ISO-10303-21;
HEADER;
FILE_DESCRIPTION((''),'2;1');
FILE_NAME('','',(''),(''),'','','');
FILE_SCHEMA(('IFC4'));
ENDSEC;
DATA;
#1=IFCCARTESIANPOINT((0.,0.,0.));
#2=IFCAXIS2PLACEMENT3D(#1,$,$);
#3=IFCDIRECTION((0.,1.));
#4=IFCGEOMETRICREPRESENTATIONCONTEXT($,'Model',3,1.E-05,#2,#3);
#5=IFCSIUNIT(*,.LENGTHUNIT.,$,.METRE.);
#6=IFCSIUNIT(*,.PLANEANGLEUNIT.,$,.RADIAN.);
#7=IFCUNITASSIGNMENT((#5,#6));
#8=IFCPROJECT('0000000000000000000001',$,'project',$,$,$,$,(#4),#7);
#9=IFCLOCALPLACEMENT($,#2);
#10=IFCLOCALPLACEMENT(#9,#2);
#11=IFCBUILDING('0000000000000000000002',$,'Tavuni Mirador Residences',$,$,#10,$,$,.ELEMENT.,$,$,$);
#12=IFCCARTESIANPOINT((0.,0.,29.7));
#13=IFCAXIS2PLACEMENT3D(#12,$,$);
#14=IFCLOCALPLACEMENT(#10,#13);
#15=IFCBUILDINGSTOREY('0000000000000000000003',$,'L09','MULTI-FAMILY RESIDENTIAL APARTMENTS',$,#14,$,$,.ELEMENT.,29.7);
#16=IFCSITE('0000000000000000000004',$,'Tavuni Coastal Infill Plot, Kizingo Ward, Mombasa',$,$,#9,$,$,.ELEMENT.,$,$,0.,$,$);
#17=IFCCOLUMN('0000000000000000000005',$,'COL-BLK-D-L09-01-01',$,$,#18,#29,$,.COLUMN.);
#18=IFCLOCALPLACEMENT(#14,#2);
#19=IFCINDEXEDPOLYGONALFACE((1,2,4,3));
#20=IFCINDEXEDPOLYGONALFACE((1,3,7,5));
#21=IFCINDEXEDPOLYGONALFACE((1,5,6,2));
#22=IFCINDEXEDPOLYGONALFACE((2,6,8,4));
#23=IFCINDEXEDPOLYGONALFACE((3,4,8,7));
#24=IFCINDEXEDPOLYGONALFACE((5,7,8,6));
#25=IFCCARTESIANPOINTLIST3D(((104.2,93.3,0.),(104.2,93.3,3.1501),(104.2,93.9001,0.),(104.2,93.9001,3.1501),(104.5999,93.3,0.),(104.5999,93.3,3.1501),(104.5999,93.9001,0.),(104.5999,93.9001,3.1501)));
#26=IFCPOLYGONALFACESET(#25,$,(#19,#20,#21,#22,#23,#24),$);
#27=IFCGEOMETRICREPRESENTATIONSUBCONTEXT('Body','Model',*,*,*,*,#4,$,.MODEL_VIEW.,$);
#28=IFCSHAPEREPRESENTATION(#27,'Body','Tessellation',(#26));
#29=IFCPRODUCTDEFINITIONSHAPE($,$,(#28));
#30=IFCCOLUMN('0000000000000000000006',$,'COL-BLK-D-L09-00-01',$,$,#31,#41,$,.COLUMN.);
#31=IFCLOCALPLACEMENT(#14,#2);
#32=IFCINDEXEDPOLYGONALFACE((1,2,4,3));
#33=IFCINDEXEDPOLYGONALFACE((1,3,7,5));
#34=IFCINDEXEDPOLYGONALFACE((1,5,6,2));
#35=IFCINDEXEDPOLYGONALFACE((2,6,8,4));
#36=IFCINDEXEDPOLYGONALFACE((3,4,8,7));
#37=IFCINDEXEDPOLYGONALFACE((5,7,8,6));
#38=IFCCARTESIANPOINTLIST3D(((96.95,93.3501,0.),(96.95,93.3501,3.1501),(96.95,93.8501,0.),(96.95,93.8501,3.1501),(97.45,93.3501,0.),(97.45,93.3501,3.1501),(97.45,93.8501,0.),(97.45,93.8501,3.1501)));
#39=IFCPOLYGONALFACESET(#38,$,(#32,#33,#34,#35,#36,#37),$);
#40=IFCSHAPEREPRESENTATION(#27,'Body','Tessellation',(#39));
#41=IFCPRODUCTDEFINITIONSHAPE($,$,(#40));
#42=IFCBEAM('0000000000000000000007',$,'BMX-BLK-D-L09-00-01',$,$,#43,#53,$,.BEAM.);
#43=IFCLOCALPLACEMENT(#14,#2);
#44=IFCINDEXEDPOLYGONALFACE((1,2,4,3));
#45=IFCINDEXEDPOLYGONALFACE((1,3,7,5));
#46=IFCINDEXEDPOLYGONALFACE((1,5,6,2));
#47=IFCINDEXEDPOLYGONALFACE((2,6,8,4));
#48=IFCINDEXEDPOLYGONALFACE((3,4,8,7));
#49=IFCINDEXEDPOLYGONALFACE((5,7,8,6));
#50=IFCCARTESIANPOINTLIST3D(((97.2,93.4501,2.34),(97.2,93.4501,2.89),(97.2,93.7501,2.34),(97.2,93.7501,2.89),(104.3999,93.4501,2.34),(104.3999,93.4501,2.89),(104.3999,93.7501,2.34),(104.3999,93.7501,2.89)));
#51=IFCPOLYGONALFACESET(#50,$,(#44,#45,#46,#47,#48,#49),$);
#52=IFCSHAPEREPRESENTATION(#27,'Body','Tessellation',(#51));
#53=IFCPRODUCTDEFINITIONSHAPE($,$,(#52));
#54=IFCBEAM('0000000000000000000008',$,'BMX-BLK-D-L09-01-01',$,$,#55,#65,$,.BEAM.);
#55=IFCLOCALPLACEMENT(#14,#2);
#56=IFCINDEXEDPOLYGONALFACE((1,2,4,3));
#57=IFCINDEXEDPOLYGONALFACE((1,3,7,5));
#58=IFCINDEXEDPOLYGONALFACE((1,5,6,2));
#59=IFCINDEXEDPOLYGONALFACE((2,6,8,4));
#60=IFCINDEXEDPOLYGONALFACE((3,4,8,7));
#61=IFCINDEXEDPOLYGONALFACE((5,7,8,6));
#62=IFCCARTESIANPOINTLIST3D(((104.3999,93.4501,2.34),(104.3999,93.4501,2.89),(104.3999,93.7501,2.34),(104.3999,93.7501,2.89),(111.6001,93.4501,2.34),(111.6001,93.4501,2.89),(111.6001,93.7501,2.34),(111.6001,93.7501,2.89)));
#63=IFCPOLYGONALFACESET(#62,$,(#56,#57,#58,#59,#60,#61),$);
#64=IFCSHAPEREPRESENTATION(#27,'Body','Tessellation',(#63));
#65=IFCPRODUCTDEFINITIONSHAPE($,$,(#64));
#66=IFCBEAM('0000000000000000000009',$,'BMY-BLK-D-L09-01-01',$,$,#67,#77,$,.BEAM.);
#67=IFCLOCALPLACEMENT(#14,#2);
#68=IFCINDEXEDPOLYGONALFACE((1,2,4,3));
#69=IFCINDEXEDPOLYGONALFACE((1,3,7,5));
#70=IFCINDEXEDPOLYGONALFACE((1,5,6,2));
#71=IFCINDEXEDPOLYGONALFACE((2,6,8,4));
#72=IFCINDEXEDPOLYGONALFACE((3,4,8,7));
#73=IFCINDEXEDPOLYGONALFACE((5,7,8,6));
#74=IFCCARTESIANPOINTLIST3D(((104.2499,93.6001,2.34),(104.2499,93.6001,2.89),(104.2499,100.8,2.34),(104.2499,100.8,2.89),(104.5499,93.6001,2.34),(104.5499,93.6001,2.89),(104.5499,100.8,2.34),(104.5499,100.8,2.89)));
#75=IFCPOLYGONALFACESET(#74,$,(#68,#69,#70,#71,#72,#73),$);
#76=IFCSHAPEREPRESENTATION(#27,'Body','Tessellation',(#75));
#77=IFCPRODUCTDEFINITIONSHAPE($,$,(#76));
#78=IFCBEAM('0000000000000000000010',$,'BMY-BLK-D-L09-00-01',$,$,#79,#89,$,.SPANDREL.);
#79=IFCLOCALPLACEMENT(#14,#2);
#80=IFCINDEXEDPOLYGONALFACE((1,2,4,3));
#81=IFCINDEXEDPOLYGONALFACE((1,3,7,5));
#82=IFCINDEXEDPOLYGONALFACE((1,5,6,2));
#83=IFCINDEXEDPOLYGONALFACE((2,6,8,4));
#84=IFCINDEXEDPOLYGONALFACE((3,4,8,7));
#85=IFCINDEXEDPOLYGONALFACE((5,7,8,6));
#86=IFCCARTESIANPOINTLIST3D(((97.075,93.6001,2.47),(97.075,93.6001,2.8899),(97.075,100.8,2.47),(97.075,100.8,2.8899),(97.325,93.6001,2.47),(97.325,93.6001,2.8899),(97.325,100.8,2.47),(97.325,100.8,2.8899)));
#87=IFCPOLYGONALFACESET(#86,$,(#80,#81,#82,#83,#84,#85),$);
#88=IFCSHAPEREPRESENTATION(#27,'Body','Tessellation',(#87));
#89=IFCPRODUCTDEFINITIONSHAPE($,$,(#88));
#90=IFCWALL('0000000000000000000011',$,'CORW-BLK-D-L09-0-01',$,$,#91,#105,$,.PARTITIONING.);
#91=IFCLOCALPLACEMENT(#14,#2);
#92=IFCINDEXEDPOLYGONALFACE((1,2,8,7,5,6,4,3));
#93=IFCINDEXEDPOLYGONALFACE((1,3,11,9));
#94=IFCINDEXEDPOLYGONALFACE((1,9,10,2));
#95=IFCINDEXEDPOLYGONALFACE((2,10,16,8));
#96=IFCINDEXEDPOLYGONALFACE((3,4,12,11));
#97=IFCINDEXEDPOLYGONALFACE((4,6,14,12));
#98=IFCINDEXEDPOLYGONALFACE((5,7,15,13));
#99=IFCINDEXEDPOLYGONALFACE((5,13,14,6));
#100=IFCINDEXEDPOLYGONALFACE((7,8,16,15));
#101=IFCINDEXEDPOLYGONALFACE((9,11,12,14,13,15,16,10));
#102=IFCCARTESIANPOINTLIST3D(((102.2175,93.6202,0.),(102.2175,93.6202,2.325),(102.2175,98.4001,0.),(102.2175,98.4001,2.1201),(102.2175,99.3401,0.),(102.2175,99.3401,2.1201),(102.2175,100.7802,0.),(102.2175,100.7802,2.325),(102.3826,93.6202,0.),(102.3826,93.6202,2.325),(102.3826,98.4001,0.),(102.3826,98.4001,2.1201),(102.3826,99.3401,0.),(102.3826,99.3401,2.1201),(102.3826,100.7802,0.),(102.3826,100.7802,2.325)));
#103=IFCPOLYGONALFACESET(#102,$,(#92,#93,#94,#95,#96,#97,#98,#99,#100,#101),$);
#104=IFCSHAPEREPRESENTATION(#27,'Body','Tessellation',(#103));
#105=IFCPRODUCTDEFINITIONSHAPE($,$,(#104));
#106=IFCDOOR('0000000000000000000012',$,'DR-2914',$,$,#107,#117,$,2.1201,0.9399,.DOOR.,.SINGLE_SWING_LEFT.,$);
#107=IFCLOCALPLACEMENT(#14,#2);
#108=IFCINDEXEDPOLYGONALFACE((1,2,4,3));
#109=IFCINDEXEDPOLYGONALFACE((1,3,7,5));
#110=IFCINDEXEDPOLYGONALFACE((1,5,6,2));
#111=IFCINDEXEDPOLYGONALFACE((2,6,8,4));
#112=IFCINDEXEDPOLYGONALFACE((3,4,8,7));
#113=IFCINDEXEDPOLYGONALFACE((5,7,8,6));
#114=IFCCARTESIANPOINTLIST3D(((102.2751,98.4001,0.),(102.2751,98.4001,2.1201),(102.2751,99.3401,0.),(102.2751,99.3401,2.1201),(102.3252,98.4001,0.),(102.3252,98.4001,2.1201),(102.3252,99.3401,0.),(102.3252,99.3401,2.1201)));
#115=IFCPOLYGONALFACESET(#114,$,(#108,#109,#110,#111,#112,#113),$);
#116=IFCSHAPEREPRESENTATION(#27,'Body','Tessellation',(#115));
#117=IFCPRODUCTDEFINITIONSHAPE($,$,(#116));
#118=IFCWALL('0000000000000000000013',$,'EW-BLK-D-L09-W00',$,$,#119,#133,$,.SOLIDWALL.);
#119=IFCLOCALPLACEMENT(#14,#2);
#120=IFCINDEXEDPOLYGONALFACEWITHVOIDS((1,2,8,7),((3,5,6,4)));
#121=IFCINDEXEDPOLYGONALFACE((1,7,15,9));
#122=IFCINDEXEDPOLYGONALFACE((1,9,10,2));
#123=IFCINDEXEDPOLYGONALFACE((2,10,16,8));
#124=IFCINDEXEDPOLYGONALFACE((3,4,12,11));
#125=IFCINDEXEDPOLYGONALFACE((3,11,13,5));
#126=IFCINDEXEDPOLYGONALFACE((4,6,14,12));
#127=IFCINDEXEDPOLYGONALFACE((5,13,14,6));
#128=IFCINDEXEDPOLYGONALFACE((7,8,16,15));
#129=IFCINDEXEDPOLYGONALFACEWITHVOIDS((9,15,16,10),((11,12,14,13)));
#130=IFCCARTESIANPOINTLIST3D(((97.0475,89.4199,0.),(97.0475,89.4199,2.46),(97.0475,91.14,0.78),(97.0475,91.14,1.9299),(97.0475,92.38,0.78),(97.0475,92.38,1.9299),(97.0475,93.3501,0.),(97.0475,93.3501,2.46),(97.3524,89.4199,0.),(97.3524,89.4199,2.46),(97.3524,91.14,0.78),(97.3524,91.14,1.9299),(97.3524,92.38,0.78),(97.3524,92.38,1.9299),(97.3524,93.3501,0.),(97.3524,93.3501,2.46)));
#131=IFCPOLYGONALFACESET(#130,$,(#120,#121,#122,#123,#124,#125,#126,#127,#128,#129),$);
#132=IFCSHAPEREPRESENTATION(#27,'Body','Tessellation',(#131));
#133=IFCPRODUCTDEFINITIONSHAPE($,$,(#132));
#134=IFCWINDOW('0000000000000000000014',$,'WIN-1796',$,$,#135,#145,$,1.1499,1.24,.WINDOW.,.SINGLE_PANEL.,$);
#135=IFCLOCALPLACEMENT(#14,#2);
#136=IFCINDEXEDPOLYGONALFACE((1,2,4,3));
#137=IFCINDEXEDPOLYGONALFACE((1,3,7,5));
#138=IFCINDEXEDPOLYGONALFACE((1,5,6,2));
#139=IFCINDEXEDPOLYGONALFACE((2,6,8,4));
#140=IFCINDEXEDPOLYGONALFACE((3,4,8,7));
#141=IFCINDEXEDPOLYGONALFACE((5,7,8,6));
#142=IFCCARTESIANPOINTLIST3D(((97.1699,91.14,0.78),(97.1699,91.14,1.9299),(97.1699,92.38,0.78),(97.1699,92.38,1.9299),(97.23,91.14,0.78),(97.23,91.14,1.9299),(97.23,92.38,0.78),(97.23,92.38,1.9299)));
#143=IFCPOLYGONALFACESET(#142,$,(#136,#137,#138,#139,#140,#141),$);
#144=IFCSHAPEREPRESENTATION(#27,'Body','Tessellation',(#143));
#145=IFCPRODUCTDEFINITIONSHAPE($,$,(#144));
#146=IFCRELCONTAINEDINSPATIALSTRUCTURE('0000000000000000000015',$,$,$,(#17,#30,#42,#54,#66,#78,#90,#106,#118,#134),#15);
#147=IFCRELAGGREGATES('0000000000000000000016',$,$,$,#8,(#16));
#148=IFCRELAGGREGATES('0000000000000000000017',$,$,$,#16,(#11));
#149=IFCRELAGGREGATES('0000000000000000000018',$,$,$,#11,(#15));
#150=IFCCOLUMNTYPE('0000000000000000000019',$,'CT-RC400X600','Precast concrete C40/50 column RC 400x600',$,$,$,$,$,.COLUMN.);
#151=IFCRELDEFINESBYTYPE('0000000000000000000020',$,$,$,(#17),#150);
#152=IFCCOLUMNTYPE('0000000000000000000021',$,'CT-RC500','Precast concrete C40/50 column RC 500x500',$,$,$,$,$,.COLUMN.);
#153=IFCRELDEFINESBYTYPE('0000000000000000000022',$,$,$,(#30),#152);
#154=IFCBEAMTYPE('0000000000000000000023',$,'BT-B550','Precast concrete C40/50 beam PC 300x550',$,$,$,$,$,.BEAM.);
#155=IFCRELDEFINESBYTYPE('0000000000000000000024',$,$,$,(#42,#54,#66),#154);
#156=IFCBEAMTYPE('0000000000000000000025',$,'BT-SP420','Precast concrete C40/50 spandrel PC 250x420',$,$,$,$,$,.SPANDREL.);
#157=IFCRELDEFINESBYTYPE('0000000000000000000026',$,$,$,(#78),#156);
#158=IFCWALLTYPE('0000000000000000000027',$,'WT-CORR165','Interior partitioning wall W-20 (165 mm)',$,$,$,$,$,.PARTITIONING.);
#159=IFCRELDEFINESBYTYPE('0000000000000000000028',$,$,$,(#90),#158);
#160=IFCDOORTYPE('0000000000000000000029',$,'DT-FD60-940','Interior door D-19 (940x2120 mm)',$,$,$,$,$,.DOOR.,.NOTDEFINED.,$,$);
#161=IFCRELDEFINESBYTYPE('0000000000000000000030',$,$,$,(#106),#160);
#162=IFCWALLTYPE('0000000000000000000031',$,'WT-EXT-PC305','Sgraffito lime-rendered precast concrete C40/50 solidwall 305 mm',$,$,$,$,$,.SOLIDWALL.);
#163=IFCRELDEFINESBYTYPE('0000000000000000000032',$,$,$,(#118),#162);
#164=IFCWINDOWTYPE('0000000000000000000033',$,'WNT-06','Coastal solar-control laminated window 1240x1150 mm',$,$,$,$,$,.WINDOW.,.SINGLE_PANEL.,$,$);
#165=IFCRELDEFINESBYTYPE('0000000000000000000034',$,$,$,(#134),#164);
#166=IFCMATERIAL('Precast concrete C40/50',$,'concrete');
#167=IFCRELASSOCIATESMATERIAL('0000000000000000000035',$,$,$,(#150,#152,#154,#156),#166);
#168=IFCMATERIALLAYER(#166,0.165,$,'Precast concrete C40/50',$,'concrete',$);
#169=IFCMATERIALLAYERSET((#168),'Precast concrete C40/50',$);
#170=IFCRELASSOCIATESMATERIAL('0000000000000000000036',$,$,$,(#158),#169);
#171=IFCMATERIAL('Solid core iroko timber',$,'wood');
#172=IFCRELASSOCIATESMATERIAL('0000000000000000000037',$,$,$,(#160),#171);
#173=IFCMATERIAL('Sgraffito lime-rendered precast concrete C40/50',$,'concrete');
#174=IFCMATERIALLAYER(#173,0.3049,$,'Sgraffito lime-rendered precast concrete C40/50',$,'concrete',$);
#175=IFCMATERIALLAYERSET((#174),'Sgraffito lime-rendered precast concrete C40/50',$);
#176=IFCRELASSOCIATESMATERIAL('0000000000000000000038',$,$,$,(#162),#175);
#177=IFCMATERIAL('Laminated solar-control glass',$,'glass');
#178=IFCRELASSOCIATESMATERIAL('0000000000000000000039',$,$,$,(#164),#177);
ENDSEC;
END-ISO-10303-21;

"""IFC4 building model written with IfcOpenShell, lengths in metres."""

from ifc_helpers import new_model, si_unit, direction, frame, frame_2d, origin, origin_2d, place, context, subcontext, project, spatial, rectangle, extrude, material, layer, layer_set, material_profile, profile_set, type_object, element, fill, save


model = new_model("IFC4")

# Units and contexts
model_context = context("Model", 3, precision=1e-05, world=origin(), true_north=direction((0.0, 1.0)))
body_context = subcontext(model_context, "Body", "Model", "MODEL_VIEW")
ifc_project = project(units=[si_unit("LENGTHUNIT", "METRE"), si_unit("PLANEANGLEUNIT", "RADIAN")], contexts=[model_context])

# Site, building, storey
site_placement = place(None, origin())
site = spatial("IfcSite", under=ifc_project, at=site_placement, Name="Tavuni Coastal Infill Plot, Kizingo Ward, Mombasa", CompositionType="ELEMENT", RefElevation=0.0)
building_placement = place(site_placement, origin())
building = spatial("IfcBuilding", under=site, at=building_placement, Name="Tavuni Mirador Residences", CompositionType="ELEMENT")
storey_placement = place(building_placement, frame((0.0, 0.0, 29.7)))
storey = spatial("IfcBuildingStorey", under=building, at=storey_placement, Name="L09", Description="MULTI-FAMILY RESIDENTIAL APARTMENTS", CompositionType="ELEMENT", Elevation=29.7)

# Columns
ifc_material_1 = material(Name="Precast concrete C40/50", Category="concrete")
ifc_material_profile_1 = material_profile(ifc_material_1, rectangle(XDim=0.3999, YDim=0.6001, at=origin_2d()), Name="RC 400x600", Category="concrete")
ifc_profile_set_1 = profile_set([ifc_material_profile_1], Name="Precast concrete C40/50")
column_type_1 = type_object("IfcColumnType", Name="CT-RC400X600", Description="Precast concrete C40/50 column RC 400x600", PredefinedType="COLUMN", material=ifc_profile_set_1)
column_1_placement = place(storey_placement, frame((104.3999, 93.6001, 0.0), z_axis=(0.0, 0.0, 1.0), x_axis=(1.0, 0.0, 0.0)))
element("IfcColumn", 1, at=column_1_placement, inside=storey, type_object=column_type_1, Name="COL-BLK-D-L09-01-01", PredefinedType="COLUMN", context=body_context, shape_type="SweptSolid", body=[
    extrude(rectangle(XDim=0.3999, YDim=0.6001, at=origin_2d()), origin(), (0.0, 0.0, 1.0), 3.1501),
])
ifc_material_profile_2 = material_profile(ifc_material_1, rectangle(XDim=0.5, YDim=0.5, at=origin_2d()), Name="RC 500x500", Category="concrete")
ifc_profile_set_2 = profile_set([ifc_material_profile_2], Name="Precast concrete C40/50")
column_type_2 = type_object("IfcColumnType", Name="CT-RC500", Description="Precast concrete C40/50 column RC 500x500", PredefinedType="COLUMN", material=ifc_profile_set_2)
column_2_placement = place(storey_placement, frame((97.2, 93.6001, 0.0), z_axis=(0.0, 0.0, 1.0), x_axis=(1.0, 0.0, 0.0)))
element("IfcColumn", 2, at=column_2_placement, inside=storey, type_object=column_type_2, Name="COL-BLK-D-L09-00-01", PredefinedType="COLUMN", context=body_context, shape_type="SweptSolid", body=[
    extrude(rectangle(XDim=0.5, YDim=0.5, at=origin_2d()), origin(), (0.0, 0.0, 1.0), 3.1501),
])

# Beams
ifc_material_profile_3 = material_profile(ifc_material_1, rectangle(XDim=0.3, YDim=0.55, at=origin_2d()), Name="PC 300x550", Category="concrete")
ifc_profile_set_3 = profile_set([ifc_material_profile_3], Name="Precast concrete C40/50")
beam_type_1 = type_object("IfcBeamType", Name="BT-B550", Description="Precast concrete C40/50 beam PC 300x550", PredefinedType="BEAM", material=ifc_profile_set_3)
beam_1_placement = place(storey_placement, frame((97.2, 93.6001, 2.615), z_axis=(1.0, 0.0, 0.0), x_axis=(0.0, 1.0, 0.0)))
element("IfcBeam", 3, at=beam_1_placement, inside=storey, type_object=beam_type_1, Name="BMX-BLK-D-L09-00-01", PredefinedType="BEAM", context=body_context, shape_type="SweptSolid", body=[
    extrude(rectangle(XDim=0.3, YDim=0.55, at=origin_2d()), origin(), (0.0, 0.0, 1.0), 7.2),
])
beam_2_placement = place(storey_placement, frame((104.3999, 93.6001, 2.615), z_axis=(1.0, 0.0, 0.0), x_axis=(0.0, 1.0, 0.0)))
element("IfcBeam", 4, at=beam_2_placement, inside=storey, type_object=beam_type_1, Name="BMX-BLK-D-L09-01-01", PredefinedType="BEAM", context=body_context, shape_type="SweptSolid", body=[
    extrude(rectangle(XDim=0.3, YDim=0.55, at=origin_2d()), origin(), (0.0, 0.0, 1.0), 7.2002),
])
beam_3_placement = place(storey_placement, frame((104.3999, 93.6001, 2.615), z_axis=(0.0, 1.0, 0.0), x_axis=(-1.0, 0.0, 0.0)))
element("IfcBeam", 5, at=beam_3_placement, inside=storey, type_object=beam_type_1, Name="BMY-BLK-D-L09-01-01", PredefinedType="BEAM", context=body_context, shape_type="SweptSolid", body=[
    extrude(rectangle(XDim=0.3, YDim=0.55, at=origin_2d()), origin(), (0.0, 0.0, 1.0), 7.2),
])
ifc_material_profile_4 = material_profile(ifc_material_1, rectangle(XDim=0.25, YDim=0.4199, at=origin_2d()), Name="PC 250x420", Category="concrete")
ifc_profile_set_4 = profile_set([ifc_material_profile_4], Name="Precast concrete C40/50")
beam_type_2 = type_object("IfcBeamType", Name="BT-SP420", Description="Precast concrete C40/50 spandrel PC 250x420", PredefinedType="SPANDREL", material=ifc_profile_set_4)
beam_4_placement = place(storey_placement, frame((97.2, 93.6001, 2.6799), z_axis=(0.0, 1.0, 0.0), x_axis=(-1.0, 0.0, 0.0)))
element("IfcBeam", 6, at=beam_4_placement, inside=storey, type_object=beam_type_2, Name="BMY-BLK-D-L09-00-01", PredefinedType="SPANDREL", context=body_context, shape_type="SweptSolid", body=[
    extrude(rectangle(XDim=0.25, YDim=0.4199, at=origin_2d()), origin(), (0.0, 0.0, 1.0), 7.2),
])

# Wall, opening, door
ifc_material_2 = material(Name="Solid core iroko timber", Category="wood")
ifc_layer_1 = layer(ifc_material_1, 0.165, Name="Precast concrete C40/50", Category="concrete")
ifc_layer_set_1 = layer_set([ifc_layer_1], Name="Precast concrete C40/50")
wall_type_1 = type_object("IfcWallType", Name="WT-CORR165", Description="Interior partitioning wall W-20 (165 mm)", PredefinedType="PARTITIONING", material=ifc_layer_set_1)
wall_1_placement = place(storey_placement, frame((102.3, 93.6201, 0.0), z_axis=(0.0, 0.0, 1.0), x_axis=(0.0, 1.0, 0.0)))
wall_1 = element("IfcWall", 7, at=wall_1_placement, inside=storey, type_object=wall_type_1, Name="CORW-BLK-D-L09-0-01", PredefinedType="PARTITIONING", context=body_context, shape_type="SweptSolid", body=[
    extrude(rectangle(XDim=7.1599, YDim=0.165, at=frame_2d((3.5801, 0.0))), origin(), (0.0, 0.0, 1.0), 2.325),
])
opening_1_placement = place(wall_1_placement, frame((4.78, 0.0, 0.0)))
opening_1 = element("IfcOpeningElement", 8, at=opening_1_placement, cuts=wall_1, PredefinedType="OPENING", context=body_context, shape_type="SweptSolid", body=[
    extrude(rectangle(XDim=0.9399, YDim=2.1201, at=frame_2d((0.47, 1.0601))), frame((0.0, 0.0925, 0.0), z_axis=(0.0, -1.0, 0.0), x_axis=(1.0, 0.0, 0.0)), (0.0, 0.0, 1.0), 0.1851),
])
door_type_1 = type_object("IfcDoorType", Name="DT-FD60-940", Description="Interior door D-19 (940x2120 mm)", OperationType="NOTDEFINED", PredefinedType="DOOR", material=ifc_material_2)
door_1_placement = place(opening_1_placement, origin())
door_1 = element("IfcDoor", 9, at=door_1_placement, inside=storey, type_object=door_type_1, Name="DR-2914", OperationType="SINGLE_SWING_LEFT", OverallHeight=2.1201, OverallWidth=0.9399, PredefinedType="DOOR", context=body_context, shape_type="SweptSolid", body=[
    extrude(rectangle(XDim=0.9399, YDim=2.1201, at=frame_2d((0.47, 1.0601))), frame((0.0, 0.0249, 0.0), z_axis=(0.0, -1.0, 0.0), x_axis=(1.0, 0.0, 0.0)), (0.0, 0.0, 1.0), 0.05),
])
fill(opening_1, door_1)

# Wall, opening, window
ifc_material_3 = material(Name="Sgraffito lime-rendered precast concrete C40/50", Category="concrete")
ifc_layer_2 = layer(ifc_material_3, 0.3049, Name="Sgraffito lime-rendered precast concrete C40/50", Category="concrete")
ifc_layer_set_2 = layer_set([ifc_layer_2], Name="Sgraffito lime-rendered precast concrete C40/50")
wall_type_2 = type_object("IfcWallType", Name="WT-EXT-PC305", Description="Sgraffito lime-rendered precast concrete C40/50 solidwall 305 mm", PredefinedType="SOLIDWALL", material=ifc_layer_set_2)
wall_2_placement = place(storey_placement, frame((97.2, 93.3501, 0.0), z_axis=(0.0, 0.0, 1.0), x_axis=(0.0, -1.0, 0.0)))
wall_2 = element("IfcWall", 10, at=wall_2_placement, inside=storey, type_object=wall_type_2, Name="EW-BLK-D-L09-W00", PredefinedType="SOLIDWALL", context=body_context, shape_type="SweptSolid", body=[
    extrude(rectangle(XDim=3.9302, YDim=0.3049, at=frame_2d((1.9651, 0.0))), origin(), (0.0, 0.0, 1.0), 2.46),
])
opening_2_placement = place(wall_2_placement, frame((0.97, 0.0, 0.78)))
opening_2 = element("IfcOpeningElement", 11, at=opening_2_placement, cuts=wall_2, PredefinedType="OPENING", context=body_context, shape_type="SweptSolid", body=[
    extrude(rectangle(XDim=1.24, YDim=1.1499, at=frame_2d((0.6201, 0.575))), frame((0.0, 0.1626, 0.0), z_axis=(0.0, -1.0, 0.0), x_axis=(1.0, 0.0, 0.0)), (0.0, 0.0, 1.0), 0.325),
])
ifc_material_4 = material(Name="Laminated solar-control glass", Category="glass")
window_type = type_object("IfcWindowType", Name="WNT-06", Description="Coastal solar-control laminated window 1240x1150 mm", PartitioningType="SINGLE_PANEL", PredefinedType="WINDOW", material=ifc_material_4)
window_placement = place(opening_2_placement, origin())
window = element("IfcWindow", 12, at=window_placement, inside=storey, type_object=window_type, Name="WIN-1796", OverallHeight=1.1499, OverallWidth=1.24, PartitioningType="SINGLE_PANEL", PredefinedType="WINDOW", context=body_context, shape_type="SweptSolid", body=[
    extrude(rectangle(XDim=1.24, YDim=1.1499, at=frame_2d((0.6201, 0.575))), frame((0.0, 0.03, 0.0), z_axis=(0.0, -1.0, 0.0), x_axis=(1.0, 0.0, 0.0)), (0.0, 0.0, 1.0), 0.0601),
])
fill(opening_2, window)

save(model, "model.ifc")
